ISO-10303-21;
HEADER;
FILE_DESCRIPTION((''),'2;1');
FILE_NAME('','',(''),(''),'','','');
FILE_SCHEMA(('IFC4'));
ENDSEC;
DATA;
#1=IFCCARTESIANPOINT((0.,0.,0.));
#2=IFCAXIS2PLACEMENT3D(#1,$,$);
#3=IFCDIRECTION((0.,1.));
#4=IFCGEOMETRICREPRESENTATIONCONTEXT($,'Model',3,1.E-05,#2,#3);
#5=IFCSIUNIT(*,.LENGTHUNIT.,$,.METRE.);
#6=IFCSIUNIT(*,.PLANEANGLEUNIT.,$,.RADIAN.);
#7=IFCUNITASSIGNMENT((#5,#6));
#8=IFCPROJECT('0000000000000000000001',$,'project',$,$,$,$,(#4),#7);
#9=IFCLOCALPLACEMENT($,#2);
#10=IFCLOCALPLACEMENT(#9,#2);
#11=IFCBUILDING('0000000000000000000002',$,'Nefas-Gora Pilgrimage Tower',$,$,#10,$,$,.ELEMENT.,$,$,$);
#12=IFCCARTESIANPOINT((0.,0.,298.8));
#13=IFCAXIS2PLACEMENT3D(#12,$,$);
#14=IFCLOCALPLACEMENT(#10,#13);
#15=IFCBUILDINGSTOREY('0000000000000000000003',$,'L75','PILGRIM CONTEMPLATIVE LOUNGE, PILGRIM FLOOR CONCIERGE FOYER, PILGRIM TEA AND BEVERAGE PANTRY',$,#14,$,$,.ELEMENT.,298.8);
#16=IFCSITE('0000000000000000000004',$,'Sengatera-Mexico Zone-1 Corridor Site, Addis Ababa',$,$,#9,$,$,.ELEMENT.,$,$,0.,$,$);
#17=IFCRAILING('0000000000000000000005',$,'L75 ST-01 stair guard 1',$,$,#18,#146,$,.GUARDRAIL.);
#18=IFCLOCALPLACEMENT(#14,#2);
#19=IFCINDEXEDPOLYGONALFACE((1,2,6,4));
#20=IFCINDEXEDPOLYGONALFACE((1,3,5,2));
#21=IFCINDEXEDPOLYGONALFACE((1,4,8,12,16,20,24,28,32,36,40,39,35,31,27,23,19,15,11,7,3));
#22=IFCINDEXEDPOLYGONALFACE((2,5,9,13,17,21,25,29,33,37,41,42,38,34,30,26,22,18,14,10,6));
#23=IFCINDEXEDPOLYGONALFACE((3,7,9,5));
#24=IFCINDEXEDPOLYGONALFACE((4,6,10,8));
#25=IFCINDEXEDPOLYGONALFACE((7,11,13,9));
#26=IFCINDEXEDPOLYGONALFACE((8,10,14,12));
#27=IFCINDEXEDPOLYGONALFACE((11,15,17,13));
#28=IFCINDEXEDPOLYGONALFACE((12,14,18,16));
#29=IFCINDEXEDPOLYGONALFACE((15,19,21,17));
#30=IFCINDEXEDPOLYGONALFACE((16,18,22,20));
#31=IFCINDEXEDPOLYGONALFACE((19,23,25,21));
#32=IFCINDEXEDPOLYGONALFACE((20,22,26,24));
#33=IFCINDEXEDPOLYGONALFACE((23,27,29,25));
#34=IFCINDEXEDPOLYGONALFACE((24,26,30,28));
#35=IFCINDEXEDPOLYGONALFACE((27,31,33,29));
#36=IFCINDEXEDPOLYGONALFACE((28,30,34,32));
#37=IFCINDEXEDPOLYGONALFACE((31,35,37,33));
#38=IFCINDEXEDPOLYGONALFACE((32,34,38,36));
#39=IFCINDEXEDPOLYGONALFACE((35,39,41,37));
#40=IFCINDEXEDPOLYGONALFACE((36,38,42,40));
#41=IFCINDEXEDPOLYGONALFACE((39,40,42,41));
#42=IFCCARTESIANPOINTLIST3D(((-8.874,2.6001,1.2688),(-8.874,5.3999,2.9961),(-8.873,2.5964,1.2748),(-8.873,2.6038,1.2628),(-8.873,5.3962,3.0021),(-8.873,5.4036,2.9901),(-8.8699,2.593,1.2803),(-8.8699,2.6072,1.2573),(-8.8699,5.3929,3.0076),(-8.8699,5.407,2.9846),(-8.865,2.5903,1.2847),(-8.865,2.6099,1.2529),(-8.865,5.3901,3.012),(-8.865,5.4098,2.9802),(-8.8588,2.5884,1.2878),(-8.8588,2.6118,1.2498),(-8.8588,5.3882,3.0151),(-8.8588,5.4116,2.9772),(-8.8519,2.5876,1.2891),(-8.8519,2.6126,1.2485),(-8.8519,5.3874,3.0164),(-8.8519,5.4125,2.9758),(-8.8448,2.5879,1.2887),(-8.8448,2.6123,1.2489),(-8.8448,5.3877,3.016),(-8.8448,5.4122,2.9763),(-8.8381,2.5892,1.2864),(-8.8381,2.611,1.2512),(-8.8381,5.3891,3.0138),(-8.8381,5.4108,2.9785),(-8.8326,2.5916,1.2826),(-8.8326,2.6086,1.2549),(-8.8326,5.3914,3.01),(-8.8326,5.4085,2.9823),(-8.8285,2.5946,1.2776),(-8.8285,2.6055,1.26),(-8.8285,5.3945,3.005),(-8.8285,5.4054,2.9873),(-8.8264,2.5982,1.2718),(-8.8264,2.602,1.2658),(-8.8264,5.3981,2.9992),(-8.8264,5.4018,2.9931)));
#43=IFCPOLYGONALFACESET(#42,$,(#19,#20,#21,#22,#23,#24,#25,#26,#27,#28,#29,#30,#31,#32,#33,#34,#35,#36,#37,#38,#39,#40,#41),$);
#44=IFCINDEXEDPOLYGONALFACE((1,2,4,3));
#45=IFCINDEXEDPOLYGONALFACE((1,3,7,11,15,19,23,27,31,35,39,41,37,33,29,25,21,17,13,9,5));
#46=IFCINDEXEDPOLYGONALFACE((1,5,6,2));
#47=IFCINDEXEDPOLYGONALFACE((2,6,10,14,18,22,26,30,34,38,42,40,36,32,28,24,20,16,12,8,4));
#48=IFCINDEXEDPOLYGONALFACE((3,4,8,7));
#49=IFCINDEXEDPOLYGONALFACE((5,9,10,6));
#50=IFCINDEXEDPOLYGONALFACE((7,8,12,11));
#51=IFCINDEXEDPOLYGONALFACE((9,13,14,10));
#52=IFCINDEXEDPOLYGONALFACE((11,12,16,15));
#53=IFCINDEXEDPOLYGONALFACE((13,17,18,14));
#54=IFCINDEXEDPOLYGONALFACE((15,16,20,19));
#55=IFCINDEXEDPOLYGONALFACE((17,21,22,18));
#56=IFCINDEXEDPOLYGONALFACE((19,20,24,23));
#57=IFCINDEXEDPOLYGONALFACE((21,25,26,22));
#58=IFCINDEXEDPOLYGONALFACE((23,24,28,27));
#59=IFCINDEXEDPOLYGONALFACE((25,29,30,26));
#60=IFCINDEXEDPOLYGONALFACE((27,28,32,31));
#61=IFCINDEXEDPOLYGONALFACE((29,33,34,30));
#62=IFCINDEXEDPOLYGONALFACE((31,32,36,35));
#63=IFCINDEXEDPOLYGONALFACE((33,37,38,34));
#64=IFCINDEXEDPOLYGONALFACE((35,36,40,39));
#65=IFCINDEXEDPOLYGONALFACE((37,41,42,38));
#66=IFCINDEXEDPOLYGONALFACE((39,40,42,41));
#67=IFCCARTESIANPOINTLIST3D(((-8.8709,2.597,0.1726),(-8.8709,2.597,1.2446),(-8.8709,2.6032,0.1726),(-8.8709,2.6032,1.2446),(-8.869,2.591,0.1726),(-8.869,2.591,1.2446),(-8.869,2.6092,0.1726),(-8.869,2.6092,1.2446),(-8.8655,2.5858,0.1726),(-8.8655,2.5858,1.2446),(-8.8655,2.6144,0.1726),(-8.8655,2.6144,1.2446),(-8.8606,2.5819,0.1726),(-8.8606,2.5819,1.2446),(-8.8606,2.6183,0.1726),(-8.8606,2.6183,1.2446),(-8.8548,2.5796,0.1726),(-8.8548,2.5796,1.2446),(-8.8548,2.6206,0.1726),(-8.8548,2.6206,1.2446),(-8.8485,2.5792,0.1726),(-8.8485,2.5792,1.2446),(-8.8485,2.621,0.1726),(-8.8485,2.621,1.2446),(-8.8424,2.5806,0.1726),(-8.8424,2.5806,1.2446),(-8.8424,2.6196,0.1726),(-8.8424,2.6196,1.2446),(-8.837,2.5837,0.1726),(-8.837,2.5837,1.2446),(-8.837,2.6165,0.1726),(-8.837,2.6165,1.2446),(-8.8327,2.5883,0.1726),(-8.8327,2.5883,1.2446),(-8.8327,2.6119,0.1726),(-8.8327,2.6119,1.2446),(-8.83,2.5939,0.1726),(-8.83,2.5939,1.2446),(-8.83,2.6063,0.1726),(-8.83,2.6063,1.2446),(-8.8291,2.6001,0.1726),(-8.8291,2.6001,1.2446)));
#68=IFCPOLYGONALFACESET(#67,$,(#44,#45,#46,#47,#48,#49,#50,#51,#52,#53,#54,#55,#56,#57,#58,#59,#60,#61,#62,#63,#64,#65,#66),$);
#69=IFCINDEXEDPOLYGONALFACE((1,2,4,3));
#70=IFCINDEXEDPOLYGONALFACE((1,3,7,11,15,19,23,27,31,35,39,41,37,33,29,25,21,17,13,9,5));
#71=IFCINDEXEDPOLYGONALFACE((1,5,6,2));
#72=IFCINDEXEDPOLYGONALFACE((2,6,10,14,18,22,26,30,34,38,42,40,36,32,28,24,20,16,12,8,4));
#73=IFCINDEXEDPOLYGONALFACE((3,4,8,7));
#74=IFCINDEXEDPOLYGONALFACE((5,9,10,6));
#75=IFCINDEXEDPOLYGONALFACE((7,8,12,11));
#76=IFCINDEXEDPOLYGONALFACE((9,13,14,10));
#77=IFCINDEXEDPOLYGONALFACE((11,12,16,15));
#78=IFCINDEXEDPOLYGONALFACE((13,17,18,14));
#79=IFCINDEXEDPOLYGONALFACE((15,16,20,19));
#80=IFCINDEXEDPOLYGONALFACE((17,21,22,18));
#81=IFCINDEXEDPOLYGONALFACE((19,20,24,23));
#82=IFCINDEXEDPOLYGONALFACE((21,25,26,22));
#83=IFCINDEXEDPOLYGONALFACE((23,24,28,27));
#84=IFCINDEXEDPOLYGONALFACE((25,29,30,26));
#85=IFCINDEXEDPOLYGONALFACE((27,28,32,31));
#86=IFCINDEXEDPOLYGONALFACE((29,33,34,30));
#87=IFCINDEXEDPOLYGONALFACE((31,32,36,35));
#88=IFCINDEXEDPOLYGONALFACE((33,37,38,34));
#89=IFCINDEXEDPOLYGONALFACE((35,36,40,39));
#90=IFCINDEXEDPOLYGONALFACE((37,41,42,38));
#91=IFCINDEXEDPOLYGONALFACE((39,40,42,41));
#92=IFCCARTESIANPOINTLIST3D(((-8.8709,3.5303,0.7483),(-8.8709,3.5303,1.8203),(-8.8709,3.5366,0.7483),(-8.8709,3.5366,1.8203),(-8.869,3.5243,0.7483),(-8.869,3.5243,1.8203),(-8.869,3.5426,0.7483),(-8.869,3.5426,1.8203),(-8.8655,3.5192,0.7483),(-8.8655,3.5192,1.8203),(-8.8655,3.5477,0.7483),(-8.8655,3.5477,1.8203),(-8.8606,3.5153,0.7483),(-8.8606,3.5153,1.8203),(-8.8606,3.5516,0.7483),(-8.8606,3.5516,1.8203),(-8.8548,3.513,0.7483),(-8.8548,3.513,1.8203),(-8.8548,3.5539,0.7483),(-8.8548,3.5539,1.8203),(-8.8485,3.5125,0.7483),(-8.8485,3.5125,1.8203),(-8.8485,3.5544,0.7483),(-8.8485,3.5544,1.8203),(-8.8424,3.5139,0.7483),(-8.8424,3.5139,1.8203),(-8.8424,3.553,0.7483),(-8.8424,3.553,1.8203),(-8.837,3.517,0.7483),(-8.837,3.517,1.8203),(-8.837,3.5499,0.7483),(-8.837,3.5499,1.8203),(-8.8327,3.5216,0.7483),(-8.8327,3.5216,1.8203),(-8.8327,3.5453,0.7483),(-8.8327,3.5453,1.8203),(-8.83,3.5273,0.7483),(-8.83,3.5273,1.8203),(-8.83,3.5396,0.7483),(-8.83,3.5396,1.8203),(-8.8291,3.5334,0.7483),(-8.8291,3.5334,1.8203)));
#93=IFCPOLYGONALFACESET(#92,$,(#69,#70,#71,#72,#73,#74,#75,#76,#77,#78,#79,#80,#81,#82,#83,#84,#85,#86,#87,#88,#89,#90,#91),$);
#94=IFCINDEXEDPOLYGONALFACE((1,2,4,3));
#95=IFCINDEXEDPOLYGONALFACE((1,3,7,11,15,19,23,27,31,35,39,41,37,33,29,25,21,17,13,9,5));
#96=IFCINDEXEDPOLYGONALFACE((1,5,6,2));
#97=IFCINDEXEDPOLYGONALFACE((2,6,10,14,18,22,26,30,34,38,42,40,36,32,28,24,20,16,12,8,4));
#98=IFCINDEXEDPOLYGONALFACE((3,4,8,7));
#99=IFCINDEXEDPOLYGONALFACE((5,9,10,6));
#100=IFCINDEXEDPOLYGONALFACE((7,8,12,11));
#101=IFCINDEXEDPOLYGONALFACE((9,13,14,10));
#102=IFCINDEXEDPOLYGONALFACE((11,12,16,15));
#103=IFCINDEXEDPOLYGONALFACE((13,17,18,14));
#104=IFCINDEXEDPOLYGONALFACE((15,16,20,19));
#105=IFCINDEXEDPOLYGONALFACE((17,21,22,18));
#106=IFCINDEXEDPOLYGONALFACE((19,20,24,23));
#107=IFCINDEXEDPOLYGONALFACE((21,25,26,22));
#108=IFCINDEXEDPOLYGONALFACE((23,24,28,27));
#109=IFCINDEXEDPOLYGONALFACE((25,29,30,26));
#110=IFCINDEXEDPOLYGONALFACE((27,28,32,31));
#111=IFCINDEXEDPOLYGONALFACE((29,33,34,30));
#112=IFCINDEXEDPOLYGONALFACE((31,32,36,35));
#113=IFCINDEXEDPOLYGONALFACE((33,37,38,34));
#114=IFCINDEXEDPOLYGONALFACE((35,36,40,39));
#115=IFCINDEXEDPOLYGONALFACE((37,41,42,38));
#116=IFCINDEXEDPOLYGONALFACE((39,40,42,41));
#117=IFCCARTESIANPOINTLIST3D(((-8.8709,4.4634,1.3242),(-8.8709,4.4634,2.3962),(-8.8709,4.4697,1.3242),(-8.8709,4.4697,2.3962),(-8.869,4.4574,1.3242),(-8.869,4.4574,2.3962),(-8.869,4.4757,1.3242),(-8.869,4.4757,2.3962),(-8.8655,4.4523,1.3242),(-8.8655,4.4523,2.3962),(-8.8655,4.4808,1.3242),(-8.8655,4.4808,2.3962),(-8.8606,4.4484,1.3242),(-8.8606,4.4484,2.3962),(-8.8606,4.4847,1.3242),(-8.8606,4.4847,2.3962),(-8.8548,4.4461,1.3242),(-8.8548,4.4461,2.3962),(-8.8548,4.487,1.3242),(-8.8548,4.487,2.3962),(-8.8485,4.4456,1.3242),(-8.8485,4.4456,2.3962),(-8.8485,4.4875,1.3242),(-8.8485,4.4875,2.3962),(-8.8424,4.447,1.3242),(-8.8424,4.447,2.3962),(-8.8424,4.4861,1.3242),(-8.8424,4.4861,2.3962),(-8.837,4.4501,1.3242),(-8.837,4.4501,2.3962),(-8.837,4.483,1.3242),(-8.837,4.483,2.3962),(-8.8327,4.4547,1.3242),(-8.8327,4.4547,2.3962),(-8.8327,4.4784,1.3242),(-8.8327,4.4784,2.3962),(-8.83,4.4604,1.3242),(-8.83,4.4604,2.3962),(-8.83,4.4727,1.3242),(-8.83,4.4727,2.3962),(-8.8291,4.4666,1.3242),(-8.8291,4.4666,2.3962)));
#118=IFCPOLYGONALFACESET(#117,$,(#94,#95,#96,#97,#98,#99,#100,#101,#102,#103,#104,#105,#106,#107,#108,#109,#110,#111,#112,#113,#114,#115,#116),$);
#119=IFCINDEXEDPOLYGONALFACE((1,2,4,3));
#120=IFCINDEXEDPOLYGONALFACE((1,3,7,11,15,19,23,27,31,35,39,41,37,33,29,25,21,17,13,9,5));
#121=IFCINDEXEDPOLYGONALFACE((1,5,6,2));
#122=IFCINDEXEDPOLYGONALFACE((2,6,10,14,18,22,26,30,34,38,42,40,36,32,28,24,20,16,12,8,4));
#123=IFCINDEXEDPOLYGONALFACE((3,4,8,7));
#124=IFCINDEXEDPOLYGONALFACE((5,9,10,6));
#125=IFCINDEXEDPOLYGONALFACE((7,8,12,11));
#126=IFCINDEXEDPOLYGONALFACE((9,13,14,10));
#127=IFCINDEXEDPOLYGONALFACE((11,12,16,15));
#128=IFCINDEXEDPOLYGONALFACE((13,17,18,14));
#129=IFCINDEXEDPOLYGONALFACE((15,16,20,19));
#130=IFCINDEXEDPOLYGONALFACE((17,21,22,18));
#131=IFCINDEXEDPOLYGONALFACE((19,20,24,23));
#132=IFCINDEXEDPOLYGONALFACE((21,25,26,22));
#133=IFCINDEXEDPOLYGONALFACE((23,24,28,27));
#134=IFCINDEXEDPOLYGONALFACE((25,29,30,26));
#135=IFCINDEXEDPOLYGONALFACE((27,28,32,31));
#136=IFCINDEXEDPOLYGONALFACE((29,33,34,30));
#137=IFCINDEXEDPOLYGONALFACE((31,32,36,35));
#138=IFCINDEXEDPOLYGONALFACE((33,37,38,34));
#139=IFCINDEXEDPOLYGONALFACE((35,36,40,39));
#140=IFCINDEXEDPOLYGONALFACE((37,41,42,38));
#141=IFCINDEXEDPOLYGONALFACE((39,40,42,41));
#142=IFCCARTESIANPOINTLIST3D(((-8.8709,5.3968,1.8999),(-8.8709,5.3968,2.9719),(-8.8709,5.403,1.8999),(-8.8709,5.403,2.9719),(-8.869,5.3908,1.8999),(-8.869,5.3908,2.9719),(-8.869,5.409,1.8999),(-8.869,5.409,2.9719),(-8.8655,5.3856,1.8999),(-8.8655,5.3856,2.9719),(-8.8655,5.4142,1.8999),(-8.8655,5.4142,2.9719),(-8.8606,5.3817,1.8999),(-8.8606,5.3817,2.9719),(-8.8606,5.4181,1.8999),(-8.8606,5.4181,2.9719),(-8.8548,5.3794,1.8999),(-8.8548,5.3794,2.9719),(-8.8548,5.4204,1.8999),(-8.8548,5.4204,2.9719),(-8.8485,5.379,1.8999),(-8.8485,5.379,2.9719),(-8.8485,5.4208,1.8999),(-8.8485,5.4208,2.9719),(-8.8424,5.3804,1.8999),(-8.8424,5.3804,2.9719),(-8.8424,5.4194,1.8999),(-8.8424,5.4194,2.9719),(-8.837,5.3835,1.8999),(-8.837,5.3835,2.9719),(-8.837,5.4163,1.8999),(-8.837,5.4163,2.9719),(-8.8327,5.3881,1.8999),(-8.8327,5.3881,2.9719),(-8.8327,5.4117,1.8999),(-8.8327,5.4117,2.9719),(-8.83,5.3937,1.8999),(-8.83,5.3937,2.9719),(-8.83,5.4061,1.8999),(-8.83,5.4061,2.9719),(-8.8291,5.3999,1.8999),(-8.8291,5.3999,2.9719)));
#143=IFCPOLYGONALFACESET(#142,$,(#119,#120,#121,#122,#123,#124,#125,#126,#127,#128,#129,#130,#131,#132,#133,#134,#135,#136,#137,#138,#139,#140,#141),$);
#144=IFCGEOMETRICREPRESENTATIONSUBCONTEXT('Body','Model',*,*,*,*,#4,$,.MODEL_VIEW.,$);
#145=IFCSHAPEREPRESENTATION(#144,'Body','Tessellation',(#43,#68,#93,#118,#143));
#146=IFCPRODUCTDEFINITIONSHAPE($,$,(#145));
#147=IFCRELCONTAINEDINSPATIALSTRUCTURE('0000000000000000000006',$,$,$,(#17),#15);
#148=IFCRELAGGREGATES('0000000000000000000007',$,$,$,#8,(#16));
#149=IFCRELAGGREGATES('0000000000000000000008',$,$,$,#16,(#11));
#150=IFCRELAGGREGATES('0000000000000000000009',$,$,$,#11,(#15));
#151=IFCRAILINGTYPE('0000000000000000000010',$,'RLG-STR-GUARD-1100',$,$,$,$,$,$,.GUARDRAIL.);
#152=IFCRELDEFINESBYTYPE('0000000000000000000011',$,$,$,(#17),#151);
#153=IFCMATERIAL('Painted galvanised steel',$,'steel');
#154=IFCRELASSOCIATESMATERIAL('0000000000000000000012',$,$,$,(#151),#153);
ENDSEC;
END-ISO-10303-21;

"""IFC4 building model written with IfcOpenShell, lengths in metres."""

from ifc_helpers import new_model, si_unit, direction, frame, origin, origin_2d, place, context, subcontext, project, spatial, circle, extrude, material, type_object, element, save


model = new_model("IFC4")

# Units and contexts
model_context = context("Model", 3, precision=1e-05, world=origin(), true_north=direction((0.0, 1.0)))
body_context = subcontext(model_context, "Body", "Model", "MODEL_VIEW")
ifc_project = project(units=[si_unit("LENGTHUNIT", "METRE"), si_unit("PLANEANGLEUNIT", "RADIAN")], contexts=[model_context])

# Site, building, storey
site_placement = place(None, origin())
site = spatial("IfcSite", under=ifc_project, at=site_placement, Name="Sengatera-Mexico Zone-1 Corridor Site, Addis Ababa", CompositionType="ELEMENT", RefElevation=0.0)
building_placement = place(site_placement, origin())
building = spatial("IfcBuilding", under=site, at=building_placement, Name="Nefas-Gora Pilgrimage Tower", CompositionType="ELEMENT")
storey_placement = place(building_placement, frame((0.0, 0.0, 298.8)))
storey = spatial("IfcBuildingStorey", under=building, at=storey_placement, Name="L75", Description="PILGRIM CONTEMPLATIVE LOUNGE, PILGRIM FLOOR CONCIERGE FOYER, PILGRIM TEA AND BEVERAGE PANTRY", CompositionType="ELEMENT", Elevation=298.8)

# Railing
ifc_material_1 = material(Name="Painted galvanised steel", Category="steel")
railing_type_1 = type_object("IfcRailingType", Name="RLG-STR-GUARD-1100", PredefinedType="GUARDRAIL", material=ifc_material_1)
railing_1_placement = place(storey_placement, frame((-8.8501, 2.6001, 0.1726)))
element("IfcRailing", 1, at=railing_1_placement, inside=storey, type_object=railing_type_1, Name="L75 ST-01 stair guard 1", PredefinedType="GUARDRAIL", context=body_context, shape_type="SweptSolid", body=[
    extrude(circle(Radius=0.0239, at=origin_2d()), frame((0.0, 0.0, 1.0962), z_axis=(0.0, 0.851069, 0.525054), x_axis=(-1.0, 0.0, 0.0)), (0.0, 0.0, 1.0), 3.2898),
    extrude(circle(Radius=0.021, at=origin_2d()), origin(), (0.0, 0.0, 1.0), 1.072),
    extrude(circle(Radius=0.021, at=origin_2d()), frame((0.0, 0.9333, 0.5757)), (0.0, 0.0, 1.0), 1.072),
    extrude(circle(Radius=0.021, at=origin_2d()), frame((0.0, 1.8665, 1.1516)), (0.0, 0.0, 1.0), 1.072),
    extrude(circle(Radius=0.021, at=origin_2d()), frame((0.0, 2.7998, 1.7273)), (0.0, 0.0, 1.0), 1.072),
])

save(model, "model.ifc")
